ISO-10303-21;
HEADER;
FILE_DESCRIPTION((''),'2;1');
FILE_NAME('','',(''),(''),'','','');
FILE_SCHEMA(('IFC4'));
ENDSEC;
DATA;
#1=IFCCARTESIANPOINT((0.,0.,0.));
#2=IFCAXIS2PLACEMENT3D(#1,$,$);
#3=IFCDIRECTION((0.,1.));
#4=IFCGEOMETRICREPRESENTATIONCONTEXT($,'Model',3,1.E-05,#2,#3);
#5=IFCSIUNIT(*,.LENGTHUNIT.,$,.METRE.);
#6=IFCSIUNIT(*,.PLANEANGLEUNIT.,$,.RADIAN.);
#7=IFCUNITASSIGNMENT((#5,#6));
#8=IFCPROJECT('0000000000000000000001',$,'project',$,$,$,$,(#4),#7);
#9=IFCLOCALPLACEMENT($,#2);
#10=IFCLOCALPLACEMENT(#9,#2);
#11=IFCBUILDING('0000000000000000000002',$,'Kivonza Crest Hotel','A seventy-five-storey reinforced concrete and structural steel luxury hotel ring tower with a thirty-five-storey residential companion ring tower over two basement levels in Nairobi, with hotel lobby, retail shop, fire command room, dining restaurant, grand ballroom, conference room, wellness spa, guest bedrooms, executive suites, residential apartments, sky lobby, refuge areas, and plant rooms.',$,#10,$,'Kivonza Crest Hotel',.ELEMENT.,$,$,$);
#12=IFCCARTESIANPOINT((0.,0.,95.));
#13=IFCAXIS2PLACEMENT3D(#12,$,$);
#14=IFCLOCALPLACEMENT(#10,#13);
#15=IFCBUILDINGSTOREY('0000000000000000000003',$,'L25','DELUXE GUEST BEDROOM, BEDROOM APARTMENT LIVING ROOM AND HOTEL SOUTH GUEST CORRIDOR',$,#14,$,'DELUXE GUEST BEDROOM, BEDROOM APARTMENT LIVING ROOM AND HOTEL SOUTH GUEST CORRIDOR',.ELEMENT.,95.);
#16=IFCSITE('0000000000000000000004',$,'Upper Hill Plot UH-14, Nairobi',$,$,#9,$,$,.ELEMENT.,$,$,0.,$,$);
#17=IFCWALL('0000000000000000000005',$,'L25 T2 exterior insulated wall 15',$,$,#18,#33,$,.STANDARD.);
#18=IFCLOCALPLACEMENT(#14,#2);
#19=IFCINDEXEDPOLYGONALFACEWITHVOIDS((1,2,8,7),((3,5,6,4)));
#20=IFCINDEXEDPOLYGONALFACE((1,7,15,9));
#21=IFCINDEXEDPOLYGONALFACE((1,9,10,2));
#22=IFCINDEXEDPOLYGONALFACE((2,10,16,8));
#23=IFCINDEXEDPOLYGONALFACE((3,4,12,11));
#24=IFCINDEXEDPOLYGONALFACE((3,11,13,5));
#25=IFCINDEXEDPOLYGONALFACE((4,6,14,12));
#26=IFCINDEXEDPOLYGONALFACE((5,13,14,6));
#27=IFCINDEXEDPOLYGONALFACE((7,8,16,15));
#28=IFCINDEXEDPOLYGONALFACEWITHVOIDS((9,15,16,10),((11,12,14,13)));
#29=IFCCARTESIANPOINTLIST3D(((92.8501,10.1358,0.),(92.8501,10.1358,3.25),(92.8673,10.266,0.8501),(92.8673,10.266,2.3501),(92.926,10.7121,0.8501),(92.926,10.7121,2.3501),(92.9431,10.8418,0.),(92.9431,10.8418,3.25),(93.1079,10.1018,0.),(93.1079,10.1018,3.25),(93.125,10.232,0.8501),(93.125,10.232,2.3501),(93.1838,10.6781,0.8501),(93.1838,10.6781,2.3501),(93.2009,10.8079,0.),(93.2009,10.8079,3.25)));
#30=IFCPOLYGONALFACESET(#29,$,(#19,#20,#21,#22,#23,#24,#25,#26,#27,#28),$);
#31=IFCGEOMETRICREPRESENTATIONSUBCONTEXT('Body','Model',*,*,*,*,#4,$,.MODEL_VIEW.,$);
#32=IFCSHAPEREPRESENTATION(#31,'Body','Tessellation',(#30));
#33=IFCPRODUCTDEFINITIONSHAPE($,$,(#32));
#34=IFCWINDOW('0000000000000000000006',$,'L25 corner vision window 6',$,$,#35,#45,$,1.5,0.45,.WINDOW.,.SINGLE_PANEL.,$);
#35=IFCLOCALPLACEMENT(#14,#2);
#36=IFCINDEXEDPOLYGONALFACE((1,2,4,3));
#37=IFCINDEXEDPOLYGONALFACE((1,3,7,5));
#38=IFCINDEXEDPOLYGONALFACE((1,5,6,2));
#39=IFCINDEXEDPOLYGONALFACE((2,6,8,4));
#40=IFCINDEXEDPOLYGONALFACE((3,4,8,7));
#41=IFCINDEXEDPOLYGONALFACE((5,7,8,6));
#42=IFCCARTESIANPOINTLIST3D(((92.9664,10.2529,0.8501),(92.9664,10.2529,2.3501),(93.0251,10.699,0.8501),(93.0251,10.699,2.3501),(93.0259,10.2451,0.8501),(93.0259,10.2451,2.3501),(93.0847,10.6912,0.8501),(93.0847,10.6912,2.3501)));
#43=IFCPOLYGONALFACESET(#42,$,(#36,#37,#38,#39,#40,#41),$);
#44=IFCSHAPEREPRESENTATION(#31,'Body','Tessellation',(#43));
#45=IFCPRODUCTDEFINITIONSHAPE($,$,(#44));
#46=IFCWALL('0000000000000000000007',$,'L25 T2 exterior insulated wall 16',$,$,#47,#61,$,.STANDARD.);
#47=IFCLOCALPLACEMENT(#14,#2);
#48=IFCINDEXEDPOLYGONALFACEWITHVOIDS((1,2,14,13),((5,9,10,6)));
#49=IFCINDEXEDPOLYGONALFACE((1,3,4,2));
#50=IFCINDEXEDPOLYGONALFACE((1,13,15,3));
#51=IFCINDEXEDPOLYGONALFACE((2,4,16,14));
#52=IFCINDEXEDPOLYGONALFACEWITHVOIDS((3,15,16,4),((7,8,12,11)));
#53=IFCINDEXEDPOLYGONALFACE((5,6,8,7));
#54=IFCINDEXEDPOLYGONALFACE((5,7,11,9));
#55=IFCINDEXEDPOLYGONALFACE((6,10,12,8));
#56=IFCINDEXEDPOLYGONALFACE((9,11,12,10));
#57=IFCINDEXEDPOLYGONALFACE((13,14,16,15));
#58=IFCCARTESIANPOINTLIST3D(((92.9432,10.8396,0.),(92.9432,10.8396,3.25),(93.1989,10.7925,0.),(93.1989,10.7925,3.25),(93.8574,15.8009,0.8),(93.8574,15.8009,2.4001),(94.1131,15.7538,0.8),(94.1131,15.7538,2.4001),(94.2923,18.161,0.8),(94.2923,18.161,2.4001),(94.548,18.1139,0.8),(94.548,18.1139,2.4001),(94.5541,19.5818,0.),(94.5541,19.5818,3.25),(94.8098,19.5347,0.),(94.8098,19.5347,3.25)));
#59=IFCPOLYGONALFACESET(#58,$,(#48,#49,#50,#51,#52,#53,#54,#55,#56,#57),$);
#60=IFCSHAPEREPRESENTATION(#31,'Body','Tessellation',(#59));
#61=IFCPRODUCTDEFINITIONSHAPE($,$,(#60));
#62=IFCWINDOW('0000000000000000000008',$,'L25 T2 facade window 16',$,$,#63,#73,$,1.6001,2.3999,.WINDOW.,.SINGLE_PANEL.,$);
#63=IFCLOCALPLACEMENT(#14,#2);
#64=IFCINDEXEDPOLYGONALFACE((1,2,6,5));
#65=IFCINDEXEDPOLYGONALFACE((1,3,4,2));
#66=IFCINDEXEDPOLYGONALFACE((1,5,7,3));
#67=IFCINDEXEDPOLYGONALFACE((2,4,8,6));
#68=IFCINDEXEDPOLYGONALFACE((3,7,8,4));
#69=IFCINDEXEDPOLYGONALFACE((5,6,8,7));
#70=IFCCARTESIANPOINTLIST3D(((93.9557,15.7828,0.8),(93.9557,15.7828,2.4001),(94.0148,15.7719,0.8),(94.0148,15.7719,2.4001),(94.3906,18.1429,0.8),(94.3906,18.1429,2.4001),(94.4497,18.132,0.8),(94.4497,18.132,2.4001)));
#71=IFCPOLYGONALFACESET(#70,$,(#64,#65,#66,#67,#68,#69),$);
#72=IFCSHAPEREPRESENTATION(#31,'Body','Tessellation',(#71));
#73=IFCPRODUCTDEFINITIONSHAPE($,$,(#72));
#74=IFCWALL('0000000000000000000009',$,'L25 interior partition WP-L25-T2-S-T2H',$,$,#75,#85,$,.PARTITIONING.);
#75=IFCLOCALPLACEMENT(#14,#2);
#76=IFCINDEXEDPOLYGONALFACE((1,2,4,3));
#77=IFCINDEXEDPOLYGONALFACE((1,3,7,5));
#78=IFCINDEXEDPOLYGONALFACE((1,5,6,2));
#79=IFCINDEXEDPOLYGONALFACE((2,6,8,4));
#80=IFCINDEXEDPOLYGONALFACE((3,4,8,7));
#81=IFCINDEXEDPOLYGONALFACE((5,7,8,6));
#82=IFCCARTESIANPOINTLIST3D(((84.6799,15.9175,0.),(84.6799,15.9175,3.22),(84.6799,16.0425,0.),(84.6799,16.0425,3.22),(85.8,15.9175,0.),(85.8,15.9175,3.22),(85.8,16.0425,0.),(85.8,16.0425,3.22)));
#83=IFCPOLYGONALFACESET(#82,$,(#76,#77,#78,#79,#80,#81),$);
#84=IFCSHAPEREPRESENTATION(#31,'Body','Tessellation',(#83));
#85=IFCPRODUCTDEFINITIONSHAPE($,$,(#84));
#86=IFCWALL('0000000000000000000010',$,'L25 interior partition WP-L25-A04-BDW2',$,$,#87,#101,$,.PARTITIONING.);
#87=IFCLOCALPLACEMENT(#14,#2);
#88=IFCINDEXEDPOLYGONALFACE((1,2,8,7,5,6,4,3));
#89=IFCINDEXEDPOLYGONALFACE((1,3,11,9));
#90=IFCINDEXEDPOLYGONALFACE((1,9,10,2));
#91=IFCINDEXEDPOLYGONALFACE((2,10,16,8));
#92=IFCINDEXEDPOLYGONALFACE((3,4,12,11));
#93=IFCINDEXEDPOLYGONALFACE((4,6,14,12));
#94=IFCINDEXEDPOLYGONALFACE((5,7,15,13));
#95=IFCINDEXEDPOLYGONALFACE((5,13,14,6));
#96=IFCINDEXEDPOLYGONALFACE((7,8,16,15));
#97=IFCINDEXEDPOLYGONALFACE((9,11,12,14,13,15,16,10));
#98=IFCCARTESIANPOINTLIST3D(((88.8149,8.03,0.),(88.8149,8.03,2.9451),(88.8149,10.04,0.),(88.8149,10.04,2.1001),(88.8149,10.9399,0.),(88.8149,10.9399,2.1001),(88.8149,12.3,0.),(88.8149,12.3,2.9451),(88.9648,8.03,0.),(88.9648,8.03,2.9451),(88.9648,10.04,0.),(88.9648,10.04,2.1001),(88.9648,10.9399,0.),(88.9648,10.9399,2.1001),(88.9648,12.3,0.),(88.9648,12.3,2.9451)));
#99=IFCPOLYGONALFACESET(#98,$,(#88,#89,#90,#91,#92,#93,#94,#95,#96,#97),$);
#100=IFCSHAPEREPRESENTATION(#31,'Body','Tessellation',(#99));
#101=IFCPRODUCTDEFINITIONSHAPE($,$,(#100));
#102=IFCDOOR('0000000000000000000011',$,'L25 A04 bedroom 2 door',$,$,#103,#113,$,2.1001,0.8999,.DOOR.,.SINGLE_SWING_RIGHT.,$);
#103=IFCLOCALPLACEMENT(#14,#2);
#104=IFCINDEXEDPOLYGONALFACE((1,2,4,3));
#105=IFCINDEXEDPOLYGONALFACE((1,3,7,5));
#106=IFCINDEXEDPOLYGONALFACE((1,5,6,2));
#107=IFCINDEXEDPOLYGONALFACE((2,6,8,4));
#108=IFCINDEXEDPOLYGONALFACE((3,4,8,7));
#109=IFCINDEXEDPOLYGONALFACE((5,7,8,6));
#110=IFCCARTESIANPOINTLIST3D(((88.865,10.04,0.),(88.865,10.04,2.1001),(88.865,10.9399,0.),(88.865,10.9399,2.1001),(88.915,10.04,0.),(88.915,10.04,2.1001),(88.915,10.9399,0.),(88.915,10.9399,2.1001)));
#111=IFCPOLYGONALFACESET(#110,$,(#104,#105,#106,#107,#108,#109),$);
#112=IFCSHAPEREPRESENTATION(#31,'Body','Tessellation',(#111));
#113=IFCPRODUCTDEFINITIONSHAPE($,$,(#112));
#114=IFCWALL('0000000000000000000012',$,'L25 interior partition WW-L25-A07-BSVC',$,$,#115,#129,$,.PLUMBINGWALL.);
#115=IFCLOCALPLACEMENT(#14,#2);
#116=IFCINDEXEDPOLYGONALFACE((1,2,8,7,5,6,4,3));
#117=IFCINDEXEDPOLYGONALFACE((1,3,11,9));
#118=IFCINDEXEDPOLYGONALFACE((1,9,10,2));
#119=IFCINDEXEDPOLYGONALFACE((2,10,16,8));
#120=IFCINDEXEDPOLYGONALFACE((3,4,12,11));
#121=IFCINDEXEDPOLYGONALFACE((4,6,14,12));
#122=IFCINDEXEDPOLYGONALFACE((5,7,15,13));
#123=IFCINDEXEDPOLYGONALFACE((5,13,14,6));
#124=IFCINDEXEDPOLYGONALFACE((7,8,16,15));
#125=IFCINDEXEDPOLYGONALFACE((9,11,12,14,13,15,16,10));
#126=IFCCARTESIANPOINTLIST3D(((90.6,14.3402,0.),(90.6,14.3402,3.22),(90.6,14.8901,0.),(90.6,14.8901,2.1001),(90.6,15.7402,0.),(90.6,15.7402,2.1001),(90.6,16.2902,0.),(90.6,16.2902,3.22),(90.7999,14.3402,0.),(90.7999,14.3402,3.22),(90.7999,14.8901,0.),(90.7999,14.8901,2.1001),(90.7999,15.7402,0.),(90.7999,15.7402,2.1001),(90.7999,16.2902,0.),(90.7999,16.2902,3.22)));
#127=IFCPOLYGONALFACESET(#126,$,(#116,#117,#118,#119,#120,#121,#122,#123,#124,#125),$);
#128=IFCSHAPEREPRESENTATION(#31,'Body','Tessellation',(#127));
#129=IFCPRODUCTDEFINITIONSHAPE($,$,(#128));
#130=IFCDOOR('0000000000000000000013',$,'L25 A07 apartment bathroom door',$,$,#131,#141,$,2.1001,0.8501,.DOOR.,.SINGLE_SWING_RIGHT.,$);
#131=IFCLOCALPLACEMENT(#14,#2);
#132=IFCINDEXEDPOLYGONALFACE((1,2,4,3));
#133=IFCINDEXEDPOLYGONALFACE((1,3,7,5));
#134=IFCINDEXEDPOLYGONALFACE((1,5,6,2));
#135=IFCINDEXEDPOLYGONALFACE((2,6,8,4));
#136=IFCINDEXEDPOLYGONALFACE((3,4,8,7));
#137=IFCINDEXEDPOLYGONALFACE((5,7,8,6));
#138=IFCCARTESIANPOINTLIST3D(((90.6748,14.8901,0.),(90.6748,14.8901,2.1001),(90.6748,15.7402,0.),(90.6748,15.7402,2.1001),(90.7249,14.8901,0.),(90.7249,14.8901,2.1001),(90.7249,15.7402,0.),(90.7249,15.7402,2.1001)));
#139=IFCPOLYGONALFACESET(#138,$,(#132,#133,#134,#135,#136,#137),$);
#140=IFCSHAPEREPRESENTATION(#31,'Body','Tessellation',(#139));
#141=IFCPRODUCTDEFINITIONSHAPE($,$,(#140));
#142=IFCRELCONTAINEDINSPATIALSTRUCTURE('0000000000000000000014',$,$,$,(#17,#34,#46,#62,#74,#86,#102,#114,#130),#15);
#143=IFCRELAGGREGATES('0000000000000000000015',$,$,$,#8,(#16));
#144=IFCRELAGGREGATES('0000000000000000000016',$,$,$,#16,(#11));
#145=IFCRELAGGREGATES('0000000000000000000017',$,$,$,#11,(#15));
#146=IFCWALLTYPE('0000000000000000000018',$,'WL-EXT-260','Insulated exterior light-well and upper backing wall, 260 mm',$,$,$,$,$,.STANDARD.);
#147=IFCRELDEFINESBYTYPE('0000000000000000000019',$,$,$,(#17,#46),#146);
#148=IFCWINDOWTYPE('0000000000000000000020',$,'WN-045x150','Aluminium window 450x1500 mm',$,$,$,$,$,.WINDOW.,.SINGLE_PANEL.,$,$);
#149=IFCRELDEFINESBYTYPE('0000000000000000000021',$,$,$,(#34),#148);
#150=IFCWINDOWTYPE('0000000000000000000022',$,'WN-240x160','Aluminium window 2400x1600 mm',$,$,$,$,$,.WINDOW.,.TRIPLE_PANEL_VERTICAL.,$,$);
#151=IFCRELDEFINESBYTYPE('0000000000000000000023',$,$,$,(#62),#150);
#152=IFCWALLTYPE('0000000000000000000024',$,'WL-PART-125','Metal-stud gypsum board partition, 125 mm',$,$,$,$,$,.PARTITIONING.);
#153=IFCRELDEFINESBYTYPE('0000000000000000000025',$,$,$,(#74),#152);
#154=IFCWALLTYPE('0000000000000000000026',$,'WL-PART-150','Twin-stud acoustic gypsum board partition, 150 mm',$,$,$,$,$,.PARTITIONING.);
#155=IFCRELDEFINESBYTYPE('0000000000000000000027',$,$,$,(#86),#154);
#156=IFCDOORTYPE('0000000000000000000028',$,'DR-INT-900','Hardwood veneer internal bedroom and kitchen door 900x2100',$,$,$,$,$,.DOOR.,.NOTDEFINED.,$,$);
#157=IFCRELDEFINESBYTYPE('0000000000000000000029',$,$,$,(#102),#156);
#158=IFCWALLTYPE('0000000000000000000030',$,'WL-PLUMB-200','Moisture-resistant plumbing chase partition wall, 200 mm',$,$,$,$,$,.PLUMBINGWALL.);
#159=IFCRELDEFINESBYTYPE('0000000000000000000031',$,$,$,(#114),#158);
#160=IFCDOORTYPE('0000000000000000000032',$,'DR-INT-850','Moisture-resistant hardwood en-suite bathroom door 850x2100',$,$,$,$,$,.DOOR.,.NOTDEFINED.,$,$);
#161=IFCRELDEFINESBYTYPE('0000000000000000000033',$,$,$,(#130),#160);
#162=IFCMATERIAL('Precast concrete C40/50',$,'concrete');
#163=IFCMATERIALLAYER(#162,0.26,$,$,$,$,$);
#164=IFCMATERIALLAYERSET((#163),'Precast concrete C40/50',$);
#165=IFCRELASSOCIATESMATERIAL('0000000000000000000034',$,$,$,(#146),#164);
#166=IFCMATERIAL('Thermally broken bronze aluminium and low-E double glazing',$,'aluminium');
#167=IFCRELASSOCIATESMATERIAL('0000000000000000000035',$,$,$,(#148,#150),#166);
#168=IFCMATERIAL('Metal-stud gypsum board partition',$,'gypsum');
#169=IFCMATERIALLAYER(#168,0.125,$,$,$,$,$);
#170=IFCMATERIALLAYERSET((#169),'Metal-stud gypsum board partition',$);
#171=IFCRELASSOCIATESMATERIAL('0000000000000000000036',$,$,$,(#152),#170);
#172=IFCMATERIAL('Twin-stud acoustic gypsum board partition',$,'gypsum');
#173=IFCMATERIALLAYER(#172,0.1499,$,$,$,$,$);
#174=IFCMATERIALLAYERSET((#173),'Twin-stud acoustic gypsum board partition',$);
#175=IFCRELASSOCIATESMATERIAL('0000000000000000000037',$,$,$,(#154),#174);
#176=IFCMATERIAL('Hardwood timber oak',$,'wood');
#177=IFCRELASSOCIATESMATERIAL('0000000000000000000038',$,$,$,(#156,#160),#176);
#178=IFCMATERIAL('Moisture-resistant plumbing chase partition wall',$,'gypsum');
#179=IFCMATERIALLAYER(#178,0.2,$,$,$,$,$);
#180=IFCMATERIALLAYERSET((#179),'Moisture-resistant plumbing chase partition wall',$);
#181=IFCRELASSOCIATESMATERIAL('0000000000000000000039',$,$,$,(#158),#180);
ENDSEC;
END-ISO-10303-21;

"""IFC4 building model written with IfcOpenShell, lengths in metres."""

from ifc_helpers import new_model, si_unit, direction, frame, frame_2d, origin, place, context, subcontext, project, spatial, rectangle, extrude, material, layer, layer_set, type_object, element, fill, save


model = new_model("IFC4")

# Units and contexts
model_context = context("Model", 3, precision=1e-05, world=origin(), true_north=direction((0.0, 1.0)))
body_context = subcontext(model_context, "Body", "Model", "MODEL_VIEW")
ifc_project = project(units=[si_unit("LENGTHUNIT", "METRE"), si_unit("PLANEANGLEUNIT", "RADIAN")], contexts=[model_context])

# Site, building, storey
site_placement = place(None, origin())
site = spatial("IfcSite", under=ifc_project, at=site_placement, Name="Upper Hill Plot UH-14, Nairobi", CompositionType="ELEMENT", RefElevation=0.0)
building_placement = place(site_placement, origin())
building = spatial("IfcBuilding", under=site, at=building_placement, Name="Kivonza Crest Hotel", Description="A seventy-five-storey reinforced concrete and structural steel luxury hotel ring tower with a thirty-five-storey residential companion ring tower over two basement levels in Nairobi, with hotel lobby, retail shop, fire command room, dining restaurant, grand ballroom, conference room, wellness spa, guest bedrooms, executive suites, residential apartments, sky lobby, refuge areas, and plant rooms.", LongName="Kivonza Crest Hotel", CompositionType="ELEMENT")
storey_placement = place(building_placement, frame((0.0, 0.0, 95.0)))
storey = spatial("IfcBuildingStorey", under=building, at=storey_placement, Name="L25", Description="DELUXE GUEST BEDROOM, BEDROOM APARTMENT LIVING ROOM AND HOTEL SOUTH GUEST CORRIDOR", LongName="DELUXE GUEST BEDROOM, BEDROOM APARTMENT LIVING ROOM AND HOTEL SOUTH GUEST CORRIDOR", CompositionType="ELEMENT", Elevation=95.0)

# Shared definitions
ifc_material_1 = material(Name="Precast concrete C40/50", Category="concrete")
ifc_layer_1 = layer(ifc_material_1, 0.26)
ifc_layer_set_1 = layer_set([ifc_layer_1], Name="Precast concrete C40/50")
wall_type_1 = type_object("IfcWallType", Name="WL-EXT-260", Description="Insulated exterior light-well and upper backing wall, 260 mm", PredefinedType="STANDARD", material=ifc_layer_set_1)

# Walls, openings, windows
wall_1_placement = place(storey_placement, frame((92.979, 10.1189, 0.0), z_axis=(0.0, 0.0, 1.0), x_axis=(0.130614, 0.991433, 0.0)))
wall_1 = element("IfcWall", 1, at=wall_1_placement, inside=storey, type_object=wall_type_1, Name="L25 T2 exterior insulated wall 15", PredefinedType="STANDARD", context=body_context, shape_type="SweptSolid", body=[
    extrude(rectangle(XDim=0.7122, YDim=0.26, at=frame_2d((0.356, 0.0))), origin(), (0.0, 0.0, 1.0), 3.25),
])
opening_1_placement = place(wall_1_placement, frame((0.1311, 0.0, 0.8501)))
opening_1 = element("IfcOpeningElement", 2, at=opening_1_placement, cuts=wall_1, PredefinedType="OPENING", context=body_context, shape_type="SweptSolid", body=[
    extrude(rectangle(XDim=0.45, YDim=1.5, at=frame_2d((0.2251, 0.75))), frame((0.0, 0.1401, 0.0), z_axis=(0.0, -1.0, 0.0), x_axis=(1.0, 0.0, 0.0)), (0.0, 0.0, 1.0), 0.28),
])
ifc_material_2 = material(Name="Thermally broken bronze aluminium and low-E double glazing", Category="aluminium")
window_type_1 = type_object("IfcWindowType", Name="WN-045x150", Description="Aluminium window 450x1500 mm", PartitioningType="SINGLE_PANEL", PredefinedType="WINDOW", material=ifc_material_2)
window_1_placement = place(opening_1_placement, origin())
window_1 = element("IfcWindow", 3, at=window_1_placement, inside=storey, type_object=window_type_1, Name="L25 corner vision window 6", OverallHeight=1.5, OverallWidth=0.45, PartitioningType="SINGLE_PANEL", PredefinedType="WINDOW", context=body_context, shape_type="SweptSolid", body=[
    extrude(rectangle(XDim=0.45, YDim=1.5, at=frame_2d((0.2251, 0.75))), frame((0.0, 0.03, 0.0), z_axis=(0.0, -1.0, 0.0), x_axis=(1.0, 0.0, 0.0)), (0.0, 0.0, 1.0), 0.0601),
])
fill(opening_1, window_1)
wall_2_placement = place(storey_placement, frame((93.071, 10.8159, 0.0), z_axis=(0.0, 0.0, 1.0), x_axis=(0.18121, 0.983444, 0.0)))
wall_2 = element("IfcWall", 4, at=wall_2_placement, inside=storey, type_object=wall_type_1, Name="L25 T2 exterior insulated wall 16", PredefinedType="STANDARD", context=body_context, shape_type="SweptSolid", body=[
    extrude(rectangle(XDim=8.8894, YDim=0.26, at=frame_2d((4.4448, 0.0))), origin(), (0.0, 0.0, 1.0), 3.25),
])
opening_2_placement = place(wall_2_placement, frame((5.0449, 0.0, 0.8)))
opening_2 = element("IfcOpeningElement", 5, at=opening_2_placement, cuts=wall_2, PredefinedType="OPENING", context=body_context, shape_type="SweptSolid", body=[
    extrude(rectangle(XDim=2.3999, YDim=1.6001, at=frame_2d((1.2, 0.8))), frame((0.0, 0.1401, 0.0), z_axis=(0.0, -1.0, 0.0), x_axis=(1.0, 0.0, 0.0)), (0.0, 0.0, 1.0), 0.28),
])
window_type_2 = type_object("IfcWindowType", Name="WN-240x160", Description="Aluminium window 2400x1600 mm", PartitioningType="TRIPLE_PANEL_VERTICAL", PredefinedType="WINDOW", material=ifc_material_2)
window_2_placement = place(opening_2_placement, origin())
window_2 = element("IfcWindow", 6, at=window_2_placement, inside=storey, type_object=window_type_2, Name="L25 T2 facade window 16", OverallHeight=1.6001, OverallWidth=2.3999, PartitioningType="SINGLE_PANEL", PredefinedType="WINDOW", context=body_context, shape_type="SweptSolid", body=[
    extrude(rectangle(XDim=2.3999, YDim=1.6001, at=frame_2d((1.2, 0.8))), frame((0.0, 0.03, 0.0), z_axis=(0.0, -1.0, 0.0), x_axis=(1.0, 0.0, 0.0)), (0.0, 0.0, 1.0), 0.0601),
])
fill(opening_2, window_2)

# Wall
ifc_material_3 = material(Name="Metal-stud gypsum board partition", Category="gypsum")
ifc_layer_2 = layer(ifc_material_3, 0.125)
ifc_layer_set_2 = layer_set([ifc_layer_2], Name="Metal-stud gypsum board partition")
wall_type_2 = type_object("IfcWallType", Name="WL-PART-125", Description="Metal-stud gypsum board partition, 125 mm", PredefinedType="PARTITIONING", material=ifc_layer_set_2)
wall_3_placement = place(storey_placement, frame((84.6799, 15.98, 0.0), z_axis=(0.0, 0.0, 1.0), x_axis=(1.0, 0.0, 0.0)))
element("IfcWall", 7, at=wall_3_placement, inside=storey, type_object=wall_type_2, Name="L25 interior partition WP-L25-T2-S-T2H", PredefinedType="PARTITIONING", context=body_context, shape_type="SweptSolid", body=[
    extrude(rectangle(XDim=1.1201, YDim=0.125, at=frame_2d((0.5601, 0.0))), origin(), (0.0, 0.0, 1.0), 3.22),
])

# Walls, openings, doors
ifc_material_4 = material(Name="Twin-stud acoustic gypsum board partition", Category="gypsum")
ifc_layer_3 = layer(ifc_material_4, 0.1499)
ifc_layer_set_3 = layer_set([ifc_layer_3], Name="Twin-stud acoustic gypsum board partition")
wall_type_3 = type_object("IfcWallType", Name="WL-PART-150", Description="Twin-stud acoustic gypsum board partition, 150 mm", PredefinedType="PARTITIONING", material=ifc_layer_set_3)
wall_4_placement = place(storey_placement, frame((88.8899, 8.03, 0.0), z_axis=(0.0, 0.0, 1.0), x_axis=(0.0, 1.0, 0.0)))
wall_4 = element("IfcWall", 8, at=wall_4_placement, inside=storey, type_object=wall_type_3, Name="L25 interior partition WP-L25-A04-BDW2", PredefinedType="PARTITIONING", context=body_context, shape_type="SweptSolid", body=[
    extrude(rectangle(XDim=4.27, YDim=0.1499, at=frame_2d((2.135, 0.0))), origin(), (0.0, 0.0, 1.0), 2.9451),
])
opening_3_placement = place(wall_4_placement, frame((2.01, 0.0, 0.0)))
opening_3 = element("IfcOpeningElement", 9, at=opening_3_placement, cuts=wall_4, PredefinedType="OPENING", context=body_context, shape_type="SweptSolid", body=[
    extrude(rectangle(XDim=0.8999, YDim=2.1001, at=frame_2d((0.45, 1.05))), frame((0.0, 0.085, 0.0), z_axis=(0.0, -1.0, 0.0), x_axis=(1.0, 0.0, 0.0)), (0.0, 0.0, 1.0), 0.1699),
])
ifc_material_5 = material(Name="Hardwood timber oak", Category="wood")
door_type_1 = type_object("IfcDoorType", Name="DR-INT-900", Description="Hardwood veneer internal bedroom and kitchen door 900x2100", OperationType="NOTDEFINED", PredefinedType="DOOR", material=ifc_material_5)
door_1_placement = place(opening_3_placement, origin())
door_1 = element("IfcDoor", 10, at=door_1_placement, inside=storey, type_object=door_type_1, Name="L25 A04 bedroom 2 door", OperationType="SINGLE_SWING_RIGHT", OverallHeight=2.1001, OverallWidth=0.8999, PredefinedType="DOOR", context=body_context, shape_type="SweptSolid", body=[
    extrude(rectangle(XDim=0.8999, YDim=2.1001, at=frame_2d((0.45, 1.05))), frame((0.0, 0.0249, 0.0), z_axis=(0.0, -1.0, 0.0), x_axis=(1.0, 0.0, 0.0)), (0.0, 0.0, 1.0), 0.05),
])
fill(opening_3, door_1)
ifc_material_6 = material(Name="Moisture-resistant plumbing chase partition wall", Category="gypsum")
ifc_layer_4 = layer(ifc_material_6, 0.2)
ifc_layer_set_4 = layer_set([ifc_layer_4], Name="Moisture-resistant plumbing chase partition wall")
wall_type_4 = type_object("IfcWallType", Name="WL-PLUMB-200", Description="Moisture-resistant plumbing chase partition wall, 200 mm", PredefinedType="PLUMBINGWALL", material=ifc_layer_set_4)
wall_5_placement = place(storey_placement, frame((90.7, 14.3401, 0.0), z_axis=(0.0, 0.0, 1.0), x_axis=(0.0, 1.0, 0.0)))
wall_5 = element("IfcWall", 11, at=wall_5_placement, inside=storey, type_object=wall_type_4, Name="L25 interior partition WW-L25-A07-BSVC", PredefinedType="PLUMBINGWALL", context=body_context, shape_type="SweptSolid", body=[
    extrude(rectangle(XDim=1.95, YDim=0.2, at=frame_2d((0.9751, 0.0))), origin(), (0.0, 0.0, 1.0), 3.22),
])
opening_4_placement = place(wall_5_placement, frame((0.55, 0.0, 0.0)))
opening_4 = element("IfcOpeningElement", 12, at=opening_4_placement, cuts=wall_5, PredefinedType="OPENING", context=body_context, shape_type="SweptSolid", body=[
    extrude(rectangle(XDim=0.8501, YDim=2.1001, at=frame_2d((0.425, 1.05))), frame((0.0, 0.1099, 0.0), z_axis=(0.0, -1.0, 0.0), x_axis=(1.0, 0.0, 0.0)), (0.0, 0.0, 1.0), 0.22),
])
door_type_2 = type_object("IfcDoorType", Name="DR-INT-850", Description="Moisture-resistant hardwood en-suite bathroom door 850x2100", OperationType="NOTDEFINED", PredefinedType="DOOR", material=ifc_material_5)
door_2_placement = place(opening_4_placement, frame((0.8501, 0.0, 0.0), z_axis=(0.0, 0.0, 1.0), x_axis=(-1.0, 0.0, 0.0)))
door_2 = element("IfcDoor", 13, at=door_2_placement, inside=storey, type_object=door_type_2, Name="L25 A07 apartment bathroom door", OperationType="SINGLE_SWING_RIGHT", OverallHeight=2.1001, OverallWidth=0.8501, PredefinedType="DOOR", context=body_context, shape_type="SweptSolid", body=[
    extrude(rectangle(XDim=0.8501, YDim=2.1001, at=frame_2d((0.425, 1.05))), frame((0.0, 0.0249, 0.0), z_axis=(0.0, -1.0, 0.0), x_axis=(1.0, 0.0, 0.0)), (0.0, 0.0, 1.0), 0.05),
])
fill(opening_4, door_2)

save(model, "model.ifc")
